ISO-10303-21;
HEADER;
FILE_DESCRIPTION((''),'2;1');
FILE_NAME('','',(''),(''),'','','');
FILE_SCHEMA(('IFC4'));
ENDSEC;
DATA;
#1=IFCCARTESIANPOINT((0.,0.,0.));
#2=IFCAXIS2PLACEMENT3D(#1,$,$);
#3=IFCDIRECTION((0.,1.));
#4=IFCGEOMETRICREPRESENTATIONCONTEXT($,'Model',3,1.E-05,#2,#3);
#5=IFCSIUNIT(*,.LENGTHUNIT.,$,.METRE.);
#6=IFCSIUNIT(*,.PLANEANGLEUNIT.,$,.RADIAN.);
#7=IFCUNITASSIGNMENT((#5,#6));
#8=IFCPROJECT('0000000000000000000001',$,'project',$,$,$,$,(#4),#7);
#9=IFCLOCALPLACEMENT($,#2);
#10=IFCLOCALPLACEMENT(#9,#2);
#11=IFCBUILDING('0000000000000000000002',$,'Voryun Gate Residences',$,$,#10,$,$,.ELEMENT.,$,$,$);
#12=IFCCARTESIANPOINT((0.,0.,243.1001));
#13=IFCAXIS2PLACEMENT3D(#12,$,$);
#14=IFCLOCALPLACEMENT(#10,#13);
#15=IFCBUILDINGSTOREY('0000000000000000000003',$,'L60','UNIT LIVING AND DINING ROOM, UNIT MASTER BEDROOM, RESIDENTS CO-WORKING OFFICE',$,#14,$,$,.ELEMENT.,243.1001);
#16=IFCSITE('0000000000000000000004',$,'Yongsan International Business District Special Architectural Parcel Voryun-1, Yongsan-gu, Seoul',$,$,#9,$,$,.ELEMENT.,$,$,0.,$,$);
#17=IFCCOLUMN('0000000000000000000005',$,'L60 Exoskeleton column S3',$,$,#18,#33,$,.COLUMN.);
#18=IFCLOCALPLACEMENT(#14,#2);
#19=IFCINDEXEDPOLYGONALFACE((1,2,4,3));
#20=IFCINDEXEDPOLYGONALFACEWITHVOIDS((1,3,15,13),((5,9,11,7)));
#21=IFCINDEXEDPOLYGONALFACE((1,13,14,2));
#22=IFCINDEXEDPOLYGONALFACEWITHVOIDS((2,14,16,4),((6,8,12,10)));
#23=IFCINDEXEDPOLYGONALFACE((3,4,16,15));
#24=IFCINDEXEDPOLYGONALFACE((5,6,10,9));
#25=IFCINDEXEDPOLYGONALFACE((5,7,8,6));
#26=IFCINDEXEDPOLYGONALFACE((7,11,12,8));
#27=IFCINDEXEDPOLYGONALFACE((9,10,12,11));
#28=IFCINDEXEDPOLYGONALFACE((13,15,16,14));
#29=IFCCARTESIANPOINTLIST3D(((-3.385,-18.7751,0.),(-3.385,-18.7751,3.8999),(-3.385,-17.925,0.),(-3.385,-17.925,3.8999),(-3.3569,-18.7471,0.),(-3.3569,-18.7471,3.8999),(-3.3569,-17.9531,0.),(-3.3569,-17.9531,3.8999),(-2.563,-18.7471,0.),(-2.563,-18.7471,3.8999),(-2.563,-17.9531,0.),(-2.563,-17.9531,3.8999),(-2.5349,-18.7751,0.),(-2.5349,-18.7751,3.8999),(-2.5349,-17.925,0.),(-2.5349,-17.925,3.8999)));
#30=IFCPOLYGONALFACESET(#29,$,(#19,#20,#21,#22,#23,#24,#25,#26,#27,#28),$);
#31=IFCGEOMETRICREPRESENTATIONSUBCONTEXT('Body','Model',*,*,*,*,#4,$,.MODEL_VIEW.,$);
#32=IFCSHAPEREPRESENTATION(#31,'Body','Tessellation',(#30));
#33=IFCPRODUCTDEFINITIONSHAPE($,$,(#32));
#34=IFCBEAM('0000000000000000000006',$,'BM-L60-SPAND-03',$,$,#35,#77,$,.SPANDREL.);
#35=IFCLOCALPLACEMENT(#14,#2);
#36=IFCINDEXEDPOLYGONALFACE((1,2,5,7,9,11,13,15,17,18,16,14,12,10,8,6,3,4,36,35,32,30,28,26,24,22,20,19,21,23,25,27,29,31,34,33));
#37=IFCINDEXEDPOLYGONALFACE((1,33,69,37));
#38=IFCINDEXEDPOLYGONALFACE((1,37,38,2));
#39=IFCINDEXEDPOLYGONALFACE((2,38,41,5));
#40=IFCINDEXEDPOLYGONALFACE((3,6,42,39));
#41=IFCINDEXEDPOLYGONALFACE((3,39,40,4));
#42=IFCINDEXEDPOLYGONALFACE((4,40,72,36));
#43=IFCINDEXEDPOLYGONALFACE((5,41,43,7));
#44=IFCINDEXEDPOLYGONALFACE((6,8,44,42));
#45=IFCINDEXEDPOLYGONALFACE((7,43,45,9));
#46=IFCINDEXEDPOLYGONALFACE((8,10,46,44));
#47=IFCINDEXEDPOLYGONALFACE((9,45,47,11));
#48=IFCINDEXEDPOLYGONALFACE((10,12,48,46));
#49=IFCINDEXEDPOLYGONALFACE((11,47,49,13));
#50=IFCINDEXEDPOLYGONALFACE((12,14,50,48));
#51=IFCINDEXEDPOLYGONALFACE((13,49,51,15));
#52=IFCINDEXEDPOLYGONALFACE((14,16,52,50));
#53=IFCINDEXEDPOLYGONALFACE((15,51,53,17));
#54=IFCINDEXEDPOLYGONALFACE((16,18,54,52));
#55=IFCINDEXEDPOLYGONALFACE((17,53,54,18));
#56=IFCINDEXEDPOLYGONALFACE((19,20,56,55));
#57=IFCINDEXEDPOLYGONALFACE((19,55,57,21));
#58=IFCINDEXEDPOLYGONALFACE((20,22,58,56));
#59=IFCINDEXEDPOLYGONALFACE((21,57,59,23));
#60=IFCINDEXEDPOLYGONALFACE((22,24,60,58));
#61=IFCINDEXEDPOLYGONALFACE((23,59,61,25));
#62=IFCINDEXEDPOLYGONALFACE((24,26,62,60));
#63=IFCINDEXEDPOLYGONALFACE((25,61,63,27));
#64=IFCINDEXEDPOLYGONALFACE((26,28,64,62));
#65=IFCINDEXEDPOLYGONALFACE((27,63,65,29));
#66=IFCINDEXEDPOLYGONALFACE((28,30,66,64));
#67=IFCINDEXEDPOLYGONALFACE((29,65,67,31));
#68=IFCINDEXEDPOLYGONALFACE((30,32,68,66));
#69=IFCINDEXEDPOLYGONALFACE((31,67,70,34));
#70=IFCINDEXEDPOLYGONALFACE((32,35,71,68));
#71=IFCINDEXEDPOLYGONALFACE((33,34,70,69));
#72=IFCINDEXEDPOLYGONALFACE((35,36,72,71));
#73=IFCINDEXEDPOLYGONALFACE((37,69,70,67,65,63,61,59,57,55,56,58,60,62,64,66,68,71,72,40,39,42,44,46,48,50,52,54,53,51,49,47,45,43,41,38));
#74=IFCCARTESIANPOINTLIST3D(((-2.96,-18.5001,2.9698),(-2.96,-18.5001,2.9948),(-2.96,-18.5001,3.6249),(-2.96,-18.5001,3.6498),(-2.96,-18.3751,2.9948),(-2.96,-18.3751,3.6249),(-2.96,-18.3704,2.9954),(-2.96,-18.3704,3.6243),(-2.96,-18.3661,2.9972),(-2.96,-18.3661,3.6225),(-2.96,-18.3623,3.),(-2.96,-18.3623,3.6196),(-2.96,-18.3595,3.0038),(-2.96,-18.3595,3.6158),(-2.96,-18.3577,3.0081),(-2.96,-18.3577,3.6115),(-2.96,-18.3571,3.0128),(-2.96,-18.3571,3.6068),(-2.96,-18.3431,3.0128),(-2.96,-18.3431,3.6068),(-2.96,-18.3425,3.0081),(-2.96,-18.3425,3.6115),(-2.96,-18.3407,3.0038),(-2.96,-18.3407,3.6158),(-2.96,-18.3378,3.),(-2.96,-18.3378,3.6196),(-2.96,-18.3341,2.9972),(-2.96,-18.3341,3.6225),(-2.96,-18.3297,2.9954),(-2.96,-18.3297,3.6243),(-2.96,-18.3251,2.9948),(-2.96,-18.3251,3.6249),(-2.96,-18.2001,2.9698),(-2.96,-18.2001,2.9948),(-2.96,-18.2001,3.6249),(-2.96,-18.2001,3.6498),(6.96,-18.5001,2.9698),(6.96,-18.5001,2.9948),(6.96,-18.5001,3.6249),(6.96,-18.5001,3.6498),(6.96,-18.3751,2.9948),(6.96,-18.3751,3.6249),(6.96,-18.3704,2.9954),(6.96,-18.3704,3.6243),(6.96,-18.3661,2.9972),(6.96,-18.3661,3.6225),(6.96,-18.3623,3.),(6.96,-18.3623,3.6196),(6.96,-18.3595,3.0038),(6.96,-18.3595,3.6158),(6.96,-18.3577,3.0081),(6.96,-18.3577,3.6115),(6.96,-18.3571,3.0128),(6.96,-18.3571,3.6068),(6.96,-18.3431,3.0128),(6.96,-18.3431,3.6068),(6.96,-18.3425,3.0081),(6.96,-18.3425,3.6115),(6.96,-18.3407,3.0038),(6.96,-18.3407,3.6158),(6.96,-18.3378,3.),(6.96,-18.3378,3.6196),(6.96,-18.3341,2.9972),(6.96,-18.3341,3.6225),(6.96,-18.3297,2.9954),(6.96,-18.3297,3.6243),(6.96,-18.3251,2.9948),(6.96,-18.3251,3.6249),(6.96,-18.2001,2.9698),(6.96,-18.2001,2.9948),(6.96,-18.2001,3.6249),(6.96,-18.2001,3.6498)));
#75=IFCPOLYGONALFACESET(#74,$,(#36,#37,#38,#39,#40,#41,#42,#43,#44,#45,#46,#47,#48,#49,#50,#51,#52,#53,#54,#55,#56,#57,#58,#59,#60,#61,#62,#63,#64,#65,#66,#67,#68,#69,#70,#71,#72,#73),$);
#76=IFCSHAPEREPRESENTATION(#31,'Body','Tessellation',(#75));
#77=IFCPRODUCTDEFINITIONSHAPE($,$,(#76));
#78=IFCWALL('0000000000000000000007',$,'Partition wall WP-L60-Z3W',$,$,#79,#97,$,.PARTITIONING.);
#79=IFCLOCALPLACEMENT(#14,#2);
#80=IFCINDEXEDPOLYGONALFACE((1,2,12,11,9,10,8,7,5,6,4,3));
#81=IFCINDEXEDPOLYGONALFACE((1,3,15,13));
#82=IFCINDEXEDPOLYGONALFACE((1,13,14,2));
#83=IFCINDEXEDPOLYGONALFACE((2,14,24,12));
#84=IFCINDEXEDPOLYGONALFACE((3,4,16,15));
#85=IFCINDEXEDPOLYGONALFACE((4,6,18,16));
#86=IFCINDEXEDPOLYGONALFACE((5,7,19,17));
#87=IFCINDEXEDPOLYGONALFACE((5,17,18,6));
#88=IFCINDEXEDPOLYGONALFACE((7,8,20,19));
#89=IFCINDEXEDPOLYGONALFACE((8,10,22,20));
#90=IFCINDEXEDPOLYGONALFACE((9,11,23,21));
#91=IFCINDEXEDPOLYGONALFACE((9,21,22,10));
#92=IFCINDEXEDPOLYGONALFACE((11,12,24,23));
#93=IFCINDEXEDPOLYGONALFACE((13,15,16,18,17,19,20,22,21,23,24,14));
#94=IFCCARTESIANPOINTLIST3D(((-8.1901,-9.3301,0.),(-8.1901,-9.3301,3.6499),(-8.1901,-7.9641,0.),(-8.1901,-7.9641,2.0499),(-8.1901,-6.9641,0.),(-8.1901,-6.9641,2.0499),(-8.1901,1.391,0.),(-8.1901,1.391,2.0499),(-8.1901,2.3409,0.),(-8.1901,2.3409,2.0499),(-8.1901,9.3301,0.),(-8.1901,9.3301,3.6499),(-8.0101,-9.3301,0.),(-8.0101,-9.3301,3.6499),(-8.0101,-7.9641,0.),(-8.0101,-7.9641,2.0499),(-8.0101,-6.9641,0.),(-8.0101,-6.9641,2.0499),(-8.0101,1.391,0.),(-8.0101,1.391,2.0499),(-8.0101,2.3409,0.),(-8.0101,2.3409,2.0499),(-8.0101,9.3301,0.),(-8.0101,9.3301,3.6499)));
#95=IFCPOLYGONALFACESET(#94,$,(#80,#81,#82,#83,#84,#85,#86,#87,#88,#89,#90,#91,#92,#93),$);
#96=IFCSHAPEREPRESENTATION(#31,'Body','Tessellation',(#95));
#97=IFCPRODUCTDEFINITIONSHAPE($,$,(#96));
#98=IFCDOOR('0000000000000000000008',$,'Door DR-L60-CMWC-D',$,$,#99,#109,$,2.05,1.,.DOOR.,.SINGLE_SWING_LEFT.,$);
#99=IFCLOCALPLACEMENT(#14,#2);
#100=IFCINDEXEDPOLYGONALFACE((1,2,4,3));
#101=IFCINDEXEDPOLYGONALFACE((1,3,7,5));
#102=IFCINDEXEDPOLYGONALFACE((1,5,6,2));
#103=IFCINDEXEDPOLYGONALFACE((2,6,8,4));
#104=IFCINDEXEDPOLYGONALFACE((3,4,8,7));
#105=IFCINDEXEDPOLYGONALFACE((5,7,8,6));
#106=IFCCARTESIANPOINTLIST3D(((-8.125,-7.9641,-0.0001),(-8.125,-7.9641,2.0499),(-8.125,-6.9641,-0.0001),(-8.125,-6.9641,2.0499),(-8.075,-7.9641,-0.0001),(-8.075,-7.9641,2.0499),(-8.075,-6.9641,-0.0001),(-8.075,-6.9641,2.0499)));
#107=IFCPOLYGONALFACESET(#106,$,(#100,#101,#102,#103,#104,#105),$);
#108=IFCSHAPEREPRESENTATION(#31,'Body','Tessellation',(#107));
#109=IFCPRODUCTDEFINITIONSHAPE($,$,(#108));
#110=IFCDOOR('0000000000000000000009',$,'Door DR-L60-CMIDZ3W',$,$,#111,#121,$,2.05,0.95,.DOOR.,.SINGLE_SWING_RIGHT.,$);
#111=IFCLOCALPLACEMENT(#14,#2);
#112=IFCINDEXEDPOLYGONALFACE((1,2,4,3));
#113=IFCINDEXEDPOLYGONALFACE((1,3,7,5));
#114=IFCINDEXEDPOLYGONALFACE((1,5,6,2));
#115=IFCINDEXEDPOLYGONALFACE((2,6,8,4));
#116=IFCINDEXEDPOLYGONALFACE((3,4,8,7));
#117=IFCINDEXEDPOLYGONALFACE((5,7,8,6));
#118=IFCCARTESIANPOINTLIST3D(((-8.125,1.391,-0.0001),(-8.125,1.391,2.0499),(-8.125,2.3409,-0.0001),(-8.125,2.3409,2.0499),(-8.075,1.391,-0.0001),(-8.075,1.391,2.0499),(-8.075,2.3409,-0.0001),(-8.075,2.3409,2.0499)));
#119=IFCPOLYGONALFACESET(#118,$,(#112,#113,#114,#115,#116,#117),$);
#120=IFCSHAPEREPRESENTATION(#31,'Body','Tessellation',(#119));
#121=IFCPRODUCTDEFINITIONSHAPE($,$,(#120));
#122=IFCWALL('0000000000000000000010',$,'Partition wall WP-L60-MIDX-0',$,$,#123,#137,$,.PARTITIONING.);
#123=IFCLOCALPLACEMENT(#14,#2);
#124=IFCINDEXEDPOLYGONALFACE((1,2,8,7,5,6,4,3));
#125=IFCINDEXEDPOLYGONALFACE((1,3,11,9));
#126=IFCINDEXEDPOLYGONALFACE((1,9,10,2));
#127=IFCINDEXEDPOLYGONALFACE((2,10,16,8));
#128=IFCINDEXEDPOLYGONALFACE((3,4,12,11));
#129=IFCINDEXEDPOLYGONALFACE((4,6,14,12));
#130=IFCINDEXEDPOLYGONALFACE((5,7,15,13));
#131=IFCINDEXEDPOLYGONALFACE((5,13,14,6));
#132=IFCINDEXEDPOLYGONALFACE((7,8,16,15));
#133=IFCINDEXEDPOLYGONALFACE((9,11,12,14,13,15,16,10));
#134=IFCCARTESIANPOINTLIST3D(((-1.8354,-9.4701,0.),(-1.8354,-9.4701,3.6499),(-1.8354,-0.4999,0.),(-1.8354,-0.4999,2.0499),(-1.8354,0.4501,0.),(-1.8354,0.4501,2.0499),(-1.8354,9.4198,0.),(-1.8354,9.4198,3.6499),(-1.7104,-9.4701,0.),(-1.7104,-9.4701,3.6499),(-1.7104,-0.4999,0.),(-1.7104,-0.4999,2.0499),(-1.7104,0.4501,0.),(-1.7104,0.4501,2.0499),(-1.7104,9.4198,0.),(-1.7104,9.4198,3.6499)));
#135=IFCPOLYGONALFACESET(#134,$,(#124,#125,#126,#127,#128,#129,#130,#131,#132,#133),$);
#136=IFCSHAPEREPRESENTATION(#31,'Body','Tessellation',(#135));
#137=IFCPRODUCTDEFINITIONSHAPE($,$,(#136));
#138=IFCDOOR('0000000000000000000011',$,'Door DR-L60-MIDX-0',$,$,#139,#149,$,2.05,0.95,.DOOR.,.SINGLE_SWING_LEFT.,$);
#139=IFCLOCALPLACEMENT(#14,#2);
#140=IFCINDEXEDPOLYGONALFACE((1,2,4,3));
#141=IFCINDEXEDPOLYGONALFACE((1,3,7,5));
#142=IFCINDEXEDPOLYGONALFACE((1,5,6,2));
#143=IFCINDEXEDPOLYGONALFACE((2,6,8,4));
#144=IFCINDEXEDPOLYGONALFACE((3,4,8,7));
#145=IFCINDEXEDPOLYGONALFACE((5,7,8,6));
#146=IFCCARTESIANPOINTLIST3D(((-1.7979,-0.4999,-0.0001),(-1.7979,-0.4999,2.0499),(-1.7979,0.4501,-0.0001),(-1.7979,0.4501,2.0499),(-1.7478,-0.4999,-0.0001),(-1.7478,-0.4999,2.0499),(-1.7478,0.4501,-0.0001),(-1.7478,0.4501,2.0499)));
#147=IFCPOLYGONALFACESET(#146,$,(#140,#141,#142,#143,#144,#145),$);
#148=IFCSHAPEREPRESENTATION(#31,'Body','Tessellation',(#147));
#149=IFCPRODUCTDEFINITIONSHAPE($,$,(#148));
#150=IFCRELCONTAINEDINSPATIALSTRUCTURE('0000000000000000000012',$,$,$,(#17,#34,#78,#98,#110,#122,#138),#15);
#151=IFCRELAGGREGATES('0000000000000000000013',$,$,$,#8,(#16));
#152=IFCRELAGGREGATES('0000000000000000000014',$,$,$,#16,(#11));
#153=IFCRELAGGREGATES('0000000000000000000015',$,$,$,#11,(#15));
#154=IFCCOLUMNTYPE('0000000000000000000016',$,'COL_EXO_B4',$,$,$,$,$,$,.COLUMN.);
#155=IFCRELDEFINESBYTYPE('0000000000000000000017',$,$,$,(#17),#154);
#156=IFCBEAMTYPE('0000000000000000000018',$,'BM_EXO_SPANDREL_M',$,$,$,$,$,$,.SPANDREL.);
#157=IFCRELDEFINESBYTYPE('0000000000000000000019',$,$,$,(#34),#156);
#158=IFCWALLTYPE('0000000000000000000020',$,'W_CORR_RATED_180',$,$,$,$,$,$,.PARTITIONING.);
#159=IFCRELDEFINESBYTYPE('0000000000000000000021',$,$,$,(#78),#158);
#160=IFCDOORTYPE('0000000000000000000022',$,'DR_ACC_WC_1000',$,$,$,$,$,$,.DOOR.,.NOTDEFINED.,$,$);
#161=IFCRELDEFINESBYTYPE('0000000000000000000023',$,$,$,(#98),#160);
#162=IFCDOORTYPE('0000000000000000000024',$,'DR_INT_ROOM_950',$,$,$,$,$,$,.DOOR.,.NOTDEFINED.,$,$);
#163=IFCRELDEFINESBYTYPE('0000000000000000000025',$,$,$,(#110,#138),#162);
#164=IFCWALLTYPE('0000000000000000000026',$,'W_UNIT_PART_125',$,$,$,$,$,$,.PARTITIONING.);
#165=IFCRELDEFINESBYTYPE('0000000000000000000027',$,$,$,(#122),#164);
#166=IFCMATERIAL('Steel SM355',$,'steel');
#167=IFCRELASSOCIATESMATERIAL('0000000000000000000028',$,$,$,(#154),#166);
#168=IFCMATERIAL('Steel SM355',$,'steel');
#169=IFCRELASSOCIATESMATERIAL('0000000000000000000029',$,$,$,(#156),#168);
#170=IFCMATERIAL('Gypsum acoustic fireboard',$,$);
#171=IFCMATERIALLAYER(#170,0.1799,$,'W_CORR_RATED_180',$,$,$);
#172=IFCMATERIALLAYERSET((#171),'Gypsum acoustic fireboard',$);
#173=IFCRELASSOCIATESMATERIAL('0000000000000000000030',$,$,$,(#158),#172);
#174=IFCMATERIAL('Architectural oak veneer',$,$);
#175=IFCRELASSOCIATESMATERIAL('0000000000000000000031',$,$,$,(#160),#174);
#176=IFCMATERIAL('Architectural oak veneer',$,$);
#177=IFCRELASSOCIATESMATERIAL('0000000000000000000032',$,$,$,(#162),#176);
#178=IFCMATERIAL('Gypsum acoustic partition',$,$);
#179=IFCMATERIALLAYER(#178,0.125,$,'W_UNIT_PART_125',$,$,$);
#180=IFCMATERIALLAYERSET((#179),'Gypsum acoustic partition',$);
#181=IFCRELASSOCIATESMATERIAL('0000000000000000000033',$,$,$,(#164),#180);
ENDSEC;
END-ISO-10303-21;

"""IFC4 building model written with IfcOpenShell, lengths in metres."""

from ifc_helpers import new_model, si_unit, direction, frame, frame_2d, origin, origin_2d, place, context, subcontext, project, spatial, rectangle, hollow_rectangle, i_section, extrude, material, layer, layer_set, material_profile, profile_set, type_object, element, fill, save


model = new_model("IFC4")

# Units and contexts
model_context = context("Model", 3, precision=1e-05, world=origin(), true_north=direction((0.0, 1.0)))
body_context = subcontext(model_context, "Body", "Model", "MODEL_VIEW")
ifc_project = project(units=[si_unit("LENGTHUNIT", "METRE"), si_unit("PLANEANGLEUNIT", "RADIAN")], contexts=[model_context])

# Site, building, storey
site_placement = place(None, origin())
site = spatial("IfcSite", under=ifc_project, at=site_placement, Name="Yongsan International Business District Special Architectural Parcel Voryun-1, Yongsan-gu, Seoul", CompositionType="ELEMENT", RefElevation=0.0)
building_placement = place(site_placement, origin())
building = spatial("IfcBuilding", under=site, at=building_placement, Name="Voryun Gate Residences", CompositionType="ELEMENT")
storey_placement = place(building_placement, frame((0.0, 0.0, 243.1001)))
storey = spatial("IfcBuildingStorey", under=building, at=storey_placement, Name="L60", Description="UNIT LIVING AND DINING ROOM, UNIT MASTER BEDROOM, RESIDENTS CO-WORKING OFFICE", CompositionType="ELEMENT", Elevation=243.1001)

# Column
ifc_material_1 = material(Name="Steel SM355", Category="steel")
ifc_material_profile_1 = material_profile(ifc_material_1, hollow_rectangle(XDim=0.8501, YDim=0.8501, WallThickness=0.0281, at=origin_2d()), Name="BOX-850x850x28")
ifc_profile_set_1 = profile_set([ifc_material_profile_1], Name="Steel SM355")
column_type = type_object("IfcColumnType", Name="COL_EXO_B4", PredefinedType="COLUMN", material=ifc_profile_set_1)
column_placement = place(storey_placement, frame((-2.96, -18.3501, 0.0), z_axis=(0.0, 0.0, 1.0), x_axis=(1.0, 0.0, 0.0)))
element("IfcColumn", 1, at=column_placement, inside=storey, type_object=column_type, Name="L60 Exoskeleton column S3", PredefinedType="COLUMN", context=body_context, shape_type="SweptSolid", body=[
    extrude(hollow_rectangle(XDim=0.8501, YDim=0.8501, WallThickness=0.0281, at=origin_2d()), origin(), (0.0, 0.0, 1.0), 3.8999),
])

# Beam
ifc_material_2 = material(Name="Steel SM355", Category="steel")
ifc_material_profile_2 = material_profile(ifc_material_2, i_section(OverallWidth=0.3, OverallDepth=0.6799, WebThickness=0.0139, FlangeThickness=0.0249, FilletRadius=0.0181, at=origin_2d()), Name="H-680x300x14x25")
ifc_profile_set_2 = profile_set([ifc_material_profile_2], Name="Steel SM355")
beam_type = type_object("IfcBeamType", Name="BM_EXO_SPANDREL_M", PredefinedType="SPANDREL", material=ifc_profile_set_2)
beam_placement = place(storey_placement, frame((-2.96, -18.3501, 3.3098), z_axis=(1.0, 0.0, 0.0), x_axis=(0.0, 1.0, 0.0)))
element("IfcBeam", 2, at=beam_placement, inside=storey, type_object=beam_type, Name="BM-L60-SPAND-03", PredefinedType="SPANDREL", context=body_context, shape_type="SweptSolid", body=[
    extrude(i_section(OverallWidth=0.3, OverallDepth=0.6799, WebThickness=0.0139, FlangeThickness=0.0249, FilletRadius=0.0181, at=origin_2d()), origin(), (0.0, 0.0, 1.0), 9.9199),
])

# Wall, openings, doors
ifc_material_3 = material(Name="Gypsum acoustic fireboard")
ifc_layer_1 = layer(ifc_material_3, 0.1799, Name="W_CORR_RATED_180")
ifc_layer_set_1 = layer_set([ifc_layer_1], Name="Gypsum acoustic fireboard")
wall_type_1 = type_object("IfcWallType", Name="W_CORR_RATED_180", PredefinedType="PARTITIONING", material=ifc_layer_set_1)
wall_1_placement = place(storey_placement, frame((-8.1001, -9.3301, 0.0), z_axis=(0.0, 0.0, 1.0), x_axis=(0.0, 1.0, 0.0)))
wall_1 = element("IfcWall", 3, at=wall_1_placement, inside=storey, type_object=wall_type_1, Name="Partition wall WP-L60-Z3W", PredefinedType="PARTITIONING", context=body_context, shape_type="SweptSolid", body=[
    extrude(rectangle(XDim=18.6602, YDim=0.1799, at=frame_2d((9.3301, 0.0))), origin(), (0.0, 0.0, 1.0), 3.6499),
])
opening_1_placement = place(wall_1_placement, frame((1.366, 0.0, 0.0)))
opening_1 = element("IfcOpeningElement", 4, at=opening_1_placement, cuts=wall_1, PredefinedType="OPENING", context=body_context, shape_type="SweptSolid", body=[
    extrude(rectangle(XDim=1.0, YDim=2.05, at=frame_2d((0.5, 1.0249))), frame((0.0, 0.0999, 0.0), z_axis=(0.0, -1.0, 0.0), x_axis=(1.0, 0.0, 0.0)), (0.0, 0.0, 1.0), 0.2),
])
opening_2_placement = place(wall_1_placement, frame((10.7209, 0.0, 0.0)))
opening_2 = element("IfcOpeningElement", 5, at=opening_2_placement, cuts=wall_1, PredefinedType="OPENING", context=body_context, shape_type="SweptSolid", body=[
    extrude(rectangle(XDim=0.95, YDim=2.05, at=frame_2d((0.4751, 1.0249))), frame((0.0, 0.0999, 0.0), z_axis=(0.0, -1.0, 0.0), x_axis=(1.0, 0.0, 0.0)), (0.0, 0.0, 1.0), 0.2),
])
ifc_material_4 = material(Name="Architectural oak veneer")
door_type_1 = type_object("IfcDoorType", Name="DR_ACC_WC_1000", OperationType="NOTDEFINED", PredefinedType="DOOR", material=ifc_material_4)
door_1_placement = place(opening_1_placement, origin())
door_1 = element("IfcDoor", 6, at=door_1_placement, inside=storey, type_object=door_type_1, Name="Door DR-L60-CMWC-D", OperationType="SINGLE_SWING_LEFT", OverallHeight=2.05, OverallWidth=1.0, PredefinedType="DOOR", context=body_context, shape_type="SweptSolid", body=[
    extrude(rectangle(XDim=1.0, YDim=2.05, at=frame_2d((0.5, 1.0249))), frame((0.0, 0.0249, 0.0), z_axis=(0.0, -1.0, 0.0), x_axis=(1.0, 0.0, 0.0)), (0.0, 0.0, 1.0), 0.05),
])
fill(opening_1, door_1)
ifc_material_5 = material(Name="Architectural oak veneer")
door_type_2 = type_object("IfcDoorType", Name="DR_INT_ROOM_950", OperationType="NOTDEFINED", PredefinedType="DOOR", material=ifc_material_5)
door_2_placement = place(opening_2_placement, origin())
door_2 = element("IfcDoor", 7, at=door_2_placement, inside=storey, type_object=door_type_2, Name="Door DR-L60-CMIDZ3W", OperationType="SINGLE_SWING_RIGHT", OverallHeight=2.05, OverallWidth=0.95, PredefinedType="DOOR", context=body_context, shape_type="SweptSolid", body=[
    extrude(rectangle(XDim=0.95, YDim=2.05, at=frame_2d((0.4751, 1.0249))), frame((0.0, 0.0249, 0.0), z_axis=(0.0, -1.0, 0.0), x_axis=(1.0, 0.0, 0.0)), (0.0, 0.0, 1.0), 0.05),
])
fill(opening_2, door_2)

# Wall, opening, door
ifc_material_6 = material(Name="Gypsum acoustic partition")
ifc_layer_2 = layer(ifc_material_6, 0.125, Name="W_UNIT_PART_125")
ifc_layer_set_2 = layer_set([ifc_layer_2], Name="Gypsum acoustic partition")
wall_type_2 = type_object("IfcWallType", Name="W_UNIT_PART_125", PredefinedType="PARTITIONING", material=ifc_layer_set_2)
wall_2_placement = place(storey_placement, frame((-1.7729, -9.47, 0.0), z_axis=(0.0, 0.0, 1.0), x_axis=(0.0, 1.0, 0.0)))
wall_2 = element("IfcWall", 8, at=wall_2_placement, inside=storey, type_object=wall_type_2, Name="Partition wall WP-L60-MIDX-0", PredefinedType="PARTITIONING", context=body_context, shape_type="SweptSolid", body=[
    extrude(rectangle(XDim=18.8899, YDim=0.125, at=frame_2d((9.4448, 0.0))), origin(), (0.0, 0.0, 1.0), 3.6499),
])
opening_3_placement = place(wall_2_placement, frame((8.97, 0.0, 0.0)))
opening_3 = element("IfcOpeningElement", 9, at=opening_3_placement, cuts=wall_2, PredefinedType="OPENING", context=body_context, shape_type="SweptSolid", body=[
    extrude(rectangle(XDim=0.95, YDim=2.05, at=frame_2d((0.4751, 1.0249))), frame((0.0, 0.0725, 0.0), z_axis=(0.0, -1.0, 0.0), x_axis=(1.0, 0.0, 0.0)), (0.0, 0.0, 1.0), 0.145),
])
door_3_placement = place(opening_3_placement, origin())
door_3 = element("IfcDoor", 10, at=door_3_placement, inside=storey, type_object=door_type_2, Name="Door DR-L60-MIDX-0", OperationType="SINGLE_SWING_LEFT", OverallHeight=2.05, OverallWidth=0.95, PredefinedType="DOOR", context=body_context, shape_type="SweptSolid", body=[
    extrude(rectangle(XDim=0.95, YDim=2.05, at=frame_2d((0.4751, 1.0249))), frame((0.0, 0.0249, 0.0), z_axis=(0.0, -1.0, 0.0), x_axis=(1.0, 0.0, 0.0)), (0.0, 0.0, 1.0), 0.05),
])
fill(opening_3, door_3)

save(model, "model.ifc")
